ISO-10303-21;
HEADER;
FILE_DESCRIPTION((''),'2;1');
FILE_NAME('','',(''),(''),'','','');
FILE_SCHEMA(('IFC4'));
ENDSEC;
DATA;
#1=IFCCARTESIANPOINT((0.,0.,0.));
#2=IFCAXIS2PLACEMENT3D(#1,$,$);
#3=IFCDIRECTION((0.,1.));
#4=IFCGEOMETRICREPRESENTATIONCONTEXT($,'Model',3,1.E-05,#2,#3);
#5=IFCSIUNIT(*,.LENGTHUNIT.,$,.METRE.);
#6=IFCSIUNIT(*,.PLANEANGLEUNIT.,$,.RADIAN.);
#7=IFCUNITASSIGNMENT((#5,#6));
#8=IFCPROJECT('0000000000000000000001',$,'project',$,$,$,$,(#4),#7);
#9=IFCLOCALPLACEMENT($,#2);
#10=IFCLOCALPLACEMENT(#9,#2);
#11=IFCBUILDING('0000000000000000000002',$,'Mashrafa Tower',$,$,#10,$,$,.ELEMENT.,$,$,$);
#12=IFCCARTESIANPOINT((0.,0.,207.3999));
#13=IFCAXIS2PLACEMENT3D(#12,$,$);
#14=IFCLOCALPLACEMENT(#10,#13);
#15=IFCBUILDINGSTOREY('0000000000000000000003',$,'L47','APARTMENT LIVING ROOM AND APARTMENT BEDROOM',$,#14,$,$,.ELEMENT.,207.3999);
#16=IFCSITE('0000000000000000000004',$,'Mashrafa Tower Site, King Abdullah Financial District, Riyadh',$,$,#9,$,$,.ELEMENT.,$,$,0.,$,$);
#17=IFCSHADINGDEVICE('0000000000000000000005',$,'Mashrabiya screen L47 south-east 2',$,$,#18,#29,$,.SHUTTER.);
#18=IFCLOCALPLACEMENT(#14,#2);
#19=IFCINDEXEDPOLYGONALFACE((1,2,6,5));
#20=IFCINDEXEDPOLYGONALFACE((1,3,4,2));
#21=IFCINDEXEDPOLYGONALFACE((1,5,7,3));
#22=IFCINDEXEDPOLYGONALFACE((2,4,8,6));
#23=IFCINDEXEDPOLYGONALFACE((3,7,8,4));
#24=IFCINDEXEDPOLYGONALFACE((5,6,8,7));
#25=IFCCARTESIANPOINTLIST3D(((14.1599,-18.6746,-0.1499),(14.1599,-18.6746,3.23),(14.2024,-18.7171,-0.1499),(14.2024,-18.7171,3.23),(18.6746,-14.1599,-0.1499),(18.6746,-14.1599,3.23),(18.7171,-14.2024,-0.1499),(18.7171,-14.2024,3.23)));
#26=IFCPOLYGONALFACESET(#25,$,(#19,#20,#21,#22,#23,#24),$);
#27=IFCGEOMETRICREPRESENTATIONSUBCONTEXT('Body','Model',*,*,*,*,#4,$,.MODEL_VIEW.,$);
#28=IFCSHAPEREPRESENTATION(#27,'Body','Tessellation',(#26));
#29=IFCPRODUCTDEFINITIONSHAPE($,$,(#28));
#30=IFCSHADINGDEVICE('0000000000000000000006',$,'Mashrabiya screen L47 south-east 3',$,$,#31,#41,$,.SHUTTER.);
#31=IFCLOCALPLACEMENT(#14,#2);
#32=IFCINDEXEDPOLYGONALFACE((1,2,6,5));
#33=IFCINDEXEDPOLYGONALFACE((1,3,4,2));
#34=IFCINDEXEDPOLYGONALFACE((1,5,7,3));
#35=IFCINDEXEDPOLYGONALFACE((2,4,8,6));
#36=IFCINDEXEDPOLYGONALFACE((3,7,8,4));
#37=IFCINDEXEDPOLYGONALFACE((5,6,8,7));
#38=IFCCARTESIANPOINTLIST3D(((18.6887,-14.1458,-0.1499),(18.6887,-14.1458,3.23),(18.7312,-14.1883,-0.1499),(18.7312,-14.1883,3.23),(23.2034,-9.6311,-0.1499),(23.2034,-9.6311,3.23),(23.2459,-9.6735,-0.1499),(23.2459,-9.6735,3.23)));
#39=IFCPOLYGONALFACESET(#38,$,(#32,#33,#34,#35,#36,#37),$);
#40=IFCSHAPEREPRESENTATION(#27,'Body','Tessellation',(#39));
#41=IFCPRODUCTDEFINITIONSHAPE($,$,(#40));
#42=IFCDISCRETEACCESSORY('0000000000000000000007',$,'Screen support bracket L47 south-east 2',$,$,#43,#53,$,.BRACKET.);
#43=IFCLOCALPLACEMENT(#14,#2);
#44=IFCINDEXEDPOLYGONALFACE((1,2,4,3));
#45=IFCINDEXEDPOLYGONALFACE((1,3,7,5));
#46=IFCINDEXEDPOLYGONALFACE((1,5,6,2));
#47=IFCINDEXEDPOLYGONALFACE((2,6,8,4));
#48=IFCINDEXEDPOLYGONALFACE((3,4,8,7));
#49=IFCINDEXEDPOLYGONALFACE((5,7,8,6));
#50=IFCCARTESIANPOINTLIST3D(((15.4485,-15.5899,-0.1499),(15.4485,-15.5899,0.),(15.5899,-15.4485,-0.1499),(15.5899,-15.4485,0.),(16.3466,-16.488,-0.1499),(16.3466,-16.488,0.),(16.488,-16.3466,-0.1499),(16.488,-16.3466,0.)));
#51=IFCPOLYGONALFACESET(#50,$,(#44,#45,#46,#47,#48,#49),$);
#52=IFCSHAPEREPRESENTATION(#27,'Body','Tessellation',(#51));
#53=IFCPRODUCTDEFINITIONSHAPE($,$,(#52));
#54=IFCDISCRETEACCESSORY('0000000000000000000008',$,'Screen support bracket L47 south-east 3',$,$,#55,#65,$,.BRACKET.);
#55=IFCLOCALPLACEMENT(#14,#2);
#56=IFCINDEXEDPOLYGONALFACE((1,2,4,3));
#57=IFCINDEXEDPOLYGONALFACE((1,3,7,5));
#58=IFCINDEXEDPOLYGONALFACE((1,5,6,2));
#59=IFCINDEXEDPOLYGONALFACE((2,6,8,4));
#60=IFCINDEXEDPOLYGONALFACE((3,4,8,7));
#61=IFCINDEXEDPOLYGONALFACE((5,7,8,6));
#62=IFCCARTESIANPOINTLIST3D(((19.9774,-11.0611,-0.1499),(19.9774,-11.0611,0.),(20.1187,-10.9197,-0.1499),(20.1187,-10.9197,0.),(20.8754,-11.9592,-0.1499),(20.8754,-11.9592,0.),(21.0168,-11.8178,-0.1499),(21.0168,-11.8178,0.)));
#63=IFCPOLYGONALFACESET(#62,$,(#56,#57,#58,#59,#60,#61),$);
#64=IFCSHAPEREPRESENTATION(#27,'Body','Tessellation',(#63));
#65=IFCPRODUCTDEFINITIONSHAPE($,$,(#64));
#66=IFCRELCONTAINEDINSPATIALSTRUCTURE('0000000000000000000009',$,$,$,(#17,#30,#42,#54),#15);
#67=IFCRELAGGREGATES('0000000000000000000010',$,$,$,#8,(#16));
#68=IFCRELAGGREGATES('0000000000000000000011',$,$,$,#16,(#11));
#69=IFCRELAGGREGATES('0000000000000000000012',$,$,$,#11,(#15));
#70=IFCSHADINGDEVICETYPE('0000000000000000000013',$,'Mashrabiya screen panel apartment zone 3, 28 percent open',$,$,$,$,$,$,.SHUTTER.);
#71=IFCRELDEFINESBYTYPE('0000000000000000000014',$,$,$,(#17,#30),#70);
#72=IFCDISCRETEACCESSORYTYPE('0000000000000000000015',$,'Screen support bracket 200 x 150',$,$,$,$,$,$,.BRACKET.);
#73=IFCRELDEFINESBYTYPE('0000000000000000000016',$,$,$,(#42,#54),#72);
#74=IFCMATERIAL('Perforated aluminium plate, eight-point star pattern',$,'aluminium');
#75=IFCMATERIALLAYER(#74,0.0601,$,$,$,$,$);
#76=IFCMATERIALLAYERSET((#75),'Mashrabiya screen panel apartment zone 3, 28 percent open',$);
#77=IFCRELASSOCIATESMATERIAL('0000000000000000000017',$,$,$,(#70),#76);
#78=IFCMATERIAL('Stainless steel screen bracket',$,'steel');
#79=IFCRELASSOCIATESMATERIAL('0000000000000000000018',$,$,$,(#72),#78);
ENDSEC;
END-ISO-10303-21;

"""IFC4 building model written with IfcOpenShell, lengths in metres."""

from ifc_helpers import new_model, si_unit, direction, frame, origin, origin_2d, place, context, subcontext, project, spatial, rectangle, extrude, source, transform, mapped, material, layer, layer_set, type_object, type_shapes, element, save


model = new_model("IFC4")

# Units and contexts
model_context = context("Model", 3, precision=1e-05, world=origin(), true_north=direction((0.0, 1.0)))
body_context = subcontext(model_context, "Body", "Model", "MODEL_VIEW")
ifc_project = project(units=[si_unit("LENGTHUNIT", "METRE"), si_unit("PLANEANGLEUNIT", "RADIAN")], contexts=[model_context])

# Site, building, storey
site_placement = place(None, origin())
site = spatial("IfcSite", under=ifc_project, at=site_placement, Name="Mashrafa Tower Site, King Abdullah Financial District, Riyadh", CompositionType="ELEMENT", RefElevation=0.0)
building_placement = place(site_placement, origin())
building = spatial("IfcBuilding", under=site, at=building_placement, Name="Mashrafa Tower", CompositionType="ELEMENT")
storey_placement = place(building_placement, frame((0.0, 0.0, 207.3999)))
storey = spatial("IfcBuildingStorey", under=building, at=storey_placement, Name="L47", Description="APARTMENT LIVING ROOM AND APARTMENT BEDROOM", CompositionType="ELEMENT", Elevation=207.3999)

# Shading devices
ifc_material_1 = material(Name="Perforated aluminium plate, eight-point star pattern", Category="aluminium")
ifc_layer_1 = layer(ifc_material_1, 0.0601)
ifc_layer_set_1 = layer_set([ifc_layer_1], Name="Mashrabiya screen panel apartment zone 3, 28 percent open")
shading_device_type = type_object("IfcShadingDeviceType", Name="Mashrabiya screen panel apartment zone 3, 28 percent open", PredefinedType="SHUTTER", material=ifc_layer_set_1)
shared_shape_1 = source(origin(), body_context, "Body", "SweptSolid", [
    extrude(rectangle(XDim=6.3848, YDim=0.0601, at=origin_2d()), origin(), (0.0, 0.0, 1.0), 3.3799),
])
type_shapes(shading_device_type, [shared_shape_1])
for number, where, z_axis, x_axis, name in (
    (1, (16.4385, -16.4385, -0.1499), (0.0, 0.0, 1.0), (0.707107, 0.707107, 0.0), "Mashrabiya screen L47 south-east 2"),
    (2, (20.9673, -11.9097, -0.1499), (0.0, 0.0, 1.0), (0.707107, 0.707107, 0.0), "Mashrabiya screen L47 south-east 3"),
):
    element("IfcShadingDevice", number, at=place(storey_placement, frame(where, z_axis=z_axis, x_axis=x_axis)), inside=storey, type_object=shading_device_type, Name=name, PredefinedType="SHUTTER", context=body_context, shape_type="MappedRepresentation", body=[
        mapped(shared_shape_1, transform((0.0, 0.0, 0.0))),
    ])

# Discrete accessories
ifc_material_2 = material(Name="Stainless steel screen bracket", Category="steel")
discrete_accessory_type = type_object("IfcDiscreteAccessoryType", Name="Screen support bracket 200 x 150", PredefinedType="BRACKET", material=ifc_material_2)
shared_shape_2 = source(origin(), body_context, "Body", "SweptSolid", [
    extrude(rectangle(XDim=0.2, YDim=1.27, at=origin_2d()), origin(), (0.0, 0.0, 1.0), 0.1499),
])
type_shapes(discrete_accessory_type, [shared_shape_2])
for number, where, z_axis, x_axis, name in (
    (3, (15.9683, -15.9683, -0.1499), (0.0, 0.0, 1.0), (0.707107, 0.707107, 0.0), "Screen support bracket L47 south-east 2"),
    (4, (20.4971, -11.4395, -0.1499), (0.0, 0.0, 1.0), (0.707107, 0.707107, 0.0), "Screen support bracket L47 south-east 3"),
):
    element("IfcDiscreteAccessory", number, at=place(storey_placement, frame(where, z_axis=z_axis, x_axis=x_axis)), inside=storey, type_object=discrete_accessory_type, Name=name, PredefinedType="BRACKET", context=body_context, shape_type="MappedRepresentation", body=[
        mapped(shared_shape_2, transform((0.0, 0.0, 0.0))),
    ])

save(model, "model.ifc")
